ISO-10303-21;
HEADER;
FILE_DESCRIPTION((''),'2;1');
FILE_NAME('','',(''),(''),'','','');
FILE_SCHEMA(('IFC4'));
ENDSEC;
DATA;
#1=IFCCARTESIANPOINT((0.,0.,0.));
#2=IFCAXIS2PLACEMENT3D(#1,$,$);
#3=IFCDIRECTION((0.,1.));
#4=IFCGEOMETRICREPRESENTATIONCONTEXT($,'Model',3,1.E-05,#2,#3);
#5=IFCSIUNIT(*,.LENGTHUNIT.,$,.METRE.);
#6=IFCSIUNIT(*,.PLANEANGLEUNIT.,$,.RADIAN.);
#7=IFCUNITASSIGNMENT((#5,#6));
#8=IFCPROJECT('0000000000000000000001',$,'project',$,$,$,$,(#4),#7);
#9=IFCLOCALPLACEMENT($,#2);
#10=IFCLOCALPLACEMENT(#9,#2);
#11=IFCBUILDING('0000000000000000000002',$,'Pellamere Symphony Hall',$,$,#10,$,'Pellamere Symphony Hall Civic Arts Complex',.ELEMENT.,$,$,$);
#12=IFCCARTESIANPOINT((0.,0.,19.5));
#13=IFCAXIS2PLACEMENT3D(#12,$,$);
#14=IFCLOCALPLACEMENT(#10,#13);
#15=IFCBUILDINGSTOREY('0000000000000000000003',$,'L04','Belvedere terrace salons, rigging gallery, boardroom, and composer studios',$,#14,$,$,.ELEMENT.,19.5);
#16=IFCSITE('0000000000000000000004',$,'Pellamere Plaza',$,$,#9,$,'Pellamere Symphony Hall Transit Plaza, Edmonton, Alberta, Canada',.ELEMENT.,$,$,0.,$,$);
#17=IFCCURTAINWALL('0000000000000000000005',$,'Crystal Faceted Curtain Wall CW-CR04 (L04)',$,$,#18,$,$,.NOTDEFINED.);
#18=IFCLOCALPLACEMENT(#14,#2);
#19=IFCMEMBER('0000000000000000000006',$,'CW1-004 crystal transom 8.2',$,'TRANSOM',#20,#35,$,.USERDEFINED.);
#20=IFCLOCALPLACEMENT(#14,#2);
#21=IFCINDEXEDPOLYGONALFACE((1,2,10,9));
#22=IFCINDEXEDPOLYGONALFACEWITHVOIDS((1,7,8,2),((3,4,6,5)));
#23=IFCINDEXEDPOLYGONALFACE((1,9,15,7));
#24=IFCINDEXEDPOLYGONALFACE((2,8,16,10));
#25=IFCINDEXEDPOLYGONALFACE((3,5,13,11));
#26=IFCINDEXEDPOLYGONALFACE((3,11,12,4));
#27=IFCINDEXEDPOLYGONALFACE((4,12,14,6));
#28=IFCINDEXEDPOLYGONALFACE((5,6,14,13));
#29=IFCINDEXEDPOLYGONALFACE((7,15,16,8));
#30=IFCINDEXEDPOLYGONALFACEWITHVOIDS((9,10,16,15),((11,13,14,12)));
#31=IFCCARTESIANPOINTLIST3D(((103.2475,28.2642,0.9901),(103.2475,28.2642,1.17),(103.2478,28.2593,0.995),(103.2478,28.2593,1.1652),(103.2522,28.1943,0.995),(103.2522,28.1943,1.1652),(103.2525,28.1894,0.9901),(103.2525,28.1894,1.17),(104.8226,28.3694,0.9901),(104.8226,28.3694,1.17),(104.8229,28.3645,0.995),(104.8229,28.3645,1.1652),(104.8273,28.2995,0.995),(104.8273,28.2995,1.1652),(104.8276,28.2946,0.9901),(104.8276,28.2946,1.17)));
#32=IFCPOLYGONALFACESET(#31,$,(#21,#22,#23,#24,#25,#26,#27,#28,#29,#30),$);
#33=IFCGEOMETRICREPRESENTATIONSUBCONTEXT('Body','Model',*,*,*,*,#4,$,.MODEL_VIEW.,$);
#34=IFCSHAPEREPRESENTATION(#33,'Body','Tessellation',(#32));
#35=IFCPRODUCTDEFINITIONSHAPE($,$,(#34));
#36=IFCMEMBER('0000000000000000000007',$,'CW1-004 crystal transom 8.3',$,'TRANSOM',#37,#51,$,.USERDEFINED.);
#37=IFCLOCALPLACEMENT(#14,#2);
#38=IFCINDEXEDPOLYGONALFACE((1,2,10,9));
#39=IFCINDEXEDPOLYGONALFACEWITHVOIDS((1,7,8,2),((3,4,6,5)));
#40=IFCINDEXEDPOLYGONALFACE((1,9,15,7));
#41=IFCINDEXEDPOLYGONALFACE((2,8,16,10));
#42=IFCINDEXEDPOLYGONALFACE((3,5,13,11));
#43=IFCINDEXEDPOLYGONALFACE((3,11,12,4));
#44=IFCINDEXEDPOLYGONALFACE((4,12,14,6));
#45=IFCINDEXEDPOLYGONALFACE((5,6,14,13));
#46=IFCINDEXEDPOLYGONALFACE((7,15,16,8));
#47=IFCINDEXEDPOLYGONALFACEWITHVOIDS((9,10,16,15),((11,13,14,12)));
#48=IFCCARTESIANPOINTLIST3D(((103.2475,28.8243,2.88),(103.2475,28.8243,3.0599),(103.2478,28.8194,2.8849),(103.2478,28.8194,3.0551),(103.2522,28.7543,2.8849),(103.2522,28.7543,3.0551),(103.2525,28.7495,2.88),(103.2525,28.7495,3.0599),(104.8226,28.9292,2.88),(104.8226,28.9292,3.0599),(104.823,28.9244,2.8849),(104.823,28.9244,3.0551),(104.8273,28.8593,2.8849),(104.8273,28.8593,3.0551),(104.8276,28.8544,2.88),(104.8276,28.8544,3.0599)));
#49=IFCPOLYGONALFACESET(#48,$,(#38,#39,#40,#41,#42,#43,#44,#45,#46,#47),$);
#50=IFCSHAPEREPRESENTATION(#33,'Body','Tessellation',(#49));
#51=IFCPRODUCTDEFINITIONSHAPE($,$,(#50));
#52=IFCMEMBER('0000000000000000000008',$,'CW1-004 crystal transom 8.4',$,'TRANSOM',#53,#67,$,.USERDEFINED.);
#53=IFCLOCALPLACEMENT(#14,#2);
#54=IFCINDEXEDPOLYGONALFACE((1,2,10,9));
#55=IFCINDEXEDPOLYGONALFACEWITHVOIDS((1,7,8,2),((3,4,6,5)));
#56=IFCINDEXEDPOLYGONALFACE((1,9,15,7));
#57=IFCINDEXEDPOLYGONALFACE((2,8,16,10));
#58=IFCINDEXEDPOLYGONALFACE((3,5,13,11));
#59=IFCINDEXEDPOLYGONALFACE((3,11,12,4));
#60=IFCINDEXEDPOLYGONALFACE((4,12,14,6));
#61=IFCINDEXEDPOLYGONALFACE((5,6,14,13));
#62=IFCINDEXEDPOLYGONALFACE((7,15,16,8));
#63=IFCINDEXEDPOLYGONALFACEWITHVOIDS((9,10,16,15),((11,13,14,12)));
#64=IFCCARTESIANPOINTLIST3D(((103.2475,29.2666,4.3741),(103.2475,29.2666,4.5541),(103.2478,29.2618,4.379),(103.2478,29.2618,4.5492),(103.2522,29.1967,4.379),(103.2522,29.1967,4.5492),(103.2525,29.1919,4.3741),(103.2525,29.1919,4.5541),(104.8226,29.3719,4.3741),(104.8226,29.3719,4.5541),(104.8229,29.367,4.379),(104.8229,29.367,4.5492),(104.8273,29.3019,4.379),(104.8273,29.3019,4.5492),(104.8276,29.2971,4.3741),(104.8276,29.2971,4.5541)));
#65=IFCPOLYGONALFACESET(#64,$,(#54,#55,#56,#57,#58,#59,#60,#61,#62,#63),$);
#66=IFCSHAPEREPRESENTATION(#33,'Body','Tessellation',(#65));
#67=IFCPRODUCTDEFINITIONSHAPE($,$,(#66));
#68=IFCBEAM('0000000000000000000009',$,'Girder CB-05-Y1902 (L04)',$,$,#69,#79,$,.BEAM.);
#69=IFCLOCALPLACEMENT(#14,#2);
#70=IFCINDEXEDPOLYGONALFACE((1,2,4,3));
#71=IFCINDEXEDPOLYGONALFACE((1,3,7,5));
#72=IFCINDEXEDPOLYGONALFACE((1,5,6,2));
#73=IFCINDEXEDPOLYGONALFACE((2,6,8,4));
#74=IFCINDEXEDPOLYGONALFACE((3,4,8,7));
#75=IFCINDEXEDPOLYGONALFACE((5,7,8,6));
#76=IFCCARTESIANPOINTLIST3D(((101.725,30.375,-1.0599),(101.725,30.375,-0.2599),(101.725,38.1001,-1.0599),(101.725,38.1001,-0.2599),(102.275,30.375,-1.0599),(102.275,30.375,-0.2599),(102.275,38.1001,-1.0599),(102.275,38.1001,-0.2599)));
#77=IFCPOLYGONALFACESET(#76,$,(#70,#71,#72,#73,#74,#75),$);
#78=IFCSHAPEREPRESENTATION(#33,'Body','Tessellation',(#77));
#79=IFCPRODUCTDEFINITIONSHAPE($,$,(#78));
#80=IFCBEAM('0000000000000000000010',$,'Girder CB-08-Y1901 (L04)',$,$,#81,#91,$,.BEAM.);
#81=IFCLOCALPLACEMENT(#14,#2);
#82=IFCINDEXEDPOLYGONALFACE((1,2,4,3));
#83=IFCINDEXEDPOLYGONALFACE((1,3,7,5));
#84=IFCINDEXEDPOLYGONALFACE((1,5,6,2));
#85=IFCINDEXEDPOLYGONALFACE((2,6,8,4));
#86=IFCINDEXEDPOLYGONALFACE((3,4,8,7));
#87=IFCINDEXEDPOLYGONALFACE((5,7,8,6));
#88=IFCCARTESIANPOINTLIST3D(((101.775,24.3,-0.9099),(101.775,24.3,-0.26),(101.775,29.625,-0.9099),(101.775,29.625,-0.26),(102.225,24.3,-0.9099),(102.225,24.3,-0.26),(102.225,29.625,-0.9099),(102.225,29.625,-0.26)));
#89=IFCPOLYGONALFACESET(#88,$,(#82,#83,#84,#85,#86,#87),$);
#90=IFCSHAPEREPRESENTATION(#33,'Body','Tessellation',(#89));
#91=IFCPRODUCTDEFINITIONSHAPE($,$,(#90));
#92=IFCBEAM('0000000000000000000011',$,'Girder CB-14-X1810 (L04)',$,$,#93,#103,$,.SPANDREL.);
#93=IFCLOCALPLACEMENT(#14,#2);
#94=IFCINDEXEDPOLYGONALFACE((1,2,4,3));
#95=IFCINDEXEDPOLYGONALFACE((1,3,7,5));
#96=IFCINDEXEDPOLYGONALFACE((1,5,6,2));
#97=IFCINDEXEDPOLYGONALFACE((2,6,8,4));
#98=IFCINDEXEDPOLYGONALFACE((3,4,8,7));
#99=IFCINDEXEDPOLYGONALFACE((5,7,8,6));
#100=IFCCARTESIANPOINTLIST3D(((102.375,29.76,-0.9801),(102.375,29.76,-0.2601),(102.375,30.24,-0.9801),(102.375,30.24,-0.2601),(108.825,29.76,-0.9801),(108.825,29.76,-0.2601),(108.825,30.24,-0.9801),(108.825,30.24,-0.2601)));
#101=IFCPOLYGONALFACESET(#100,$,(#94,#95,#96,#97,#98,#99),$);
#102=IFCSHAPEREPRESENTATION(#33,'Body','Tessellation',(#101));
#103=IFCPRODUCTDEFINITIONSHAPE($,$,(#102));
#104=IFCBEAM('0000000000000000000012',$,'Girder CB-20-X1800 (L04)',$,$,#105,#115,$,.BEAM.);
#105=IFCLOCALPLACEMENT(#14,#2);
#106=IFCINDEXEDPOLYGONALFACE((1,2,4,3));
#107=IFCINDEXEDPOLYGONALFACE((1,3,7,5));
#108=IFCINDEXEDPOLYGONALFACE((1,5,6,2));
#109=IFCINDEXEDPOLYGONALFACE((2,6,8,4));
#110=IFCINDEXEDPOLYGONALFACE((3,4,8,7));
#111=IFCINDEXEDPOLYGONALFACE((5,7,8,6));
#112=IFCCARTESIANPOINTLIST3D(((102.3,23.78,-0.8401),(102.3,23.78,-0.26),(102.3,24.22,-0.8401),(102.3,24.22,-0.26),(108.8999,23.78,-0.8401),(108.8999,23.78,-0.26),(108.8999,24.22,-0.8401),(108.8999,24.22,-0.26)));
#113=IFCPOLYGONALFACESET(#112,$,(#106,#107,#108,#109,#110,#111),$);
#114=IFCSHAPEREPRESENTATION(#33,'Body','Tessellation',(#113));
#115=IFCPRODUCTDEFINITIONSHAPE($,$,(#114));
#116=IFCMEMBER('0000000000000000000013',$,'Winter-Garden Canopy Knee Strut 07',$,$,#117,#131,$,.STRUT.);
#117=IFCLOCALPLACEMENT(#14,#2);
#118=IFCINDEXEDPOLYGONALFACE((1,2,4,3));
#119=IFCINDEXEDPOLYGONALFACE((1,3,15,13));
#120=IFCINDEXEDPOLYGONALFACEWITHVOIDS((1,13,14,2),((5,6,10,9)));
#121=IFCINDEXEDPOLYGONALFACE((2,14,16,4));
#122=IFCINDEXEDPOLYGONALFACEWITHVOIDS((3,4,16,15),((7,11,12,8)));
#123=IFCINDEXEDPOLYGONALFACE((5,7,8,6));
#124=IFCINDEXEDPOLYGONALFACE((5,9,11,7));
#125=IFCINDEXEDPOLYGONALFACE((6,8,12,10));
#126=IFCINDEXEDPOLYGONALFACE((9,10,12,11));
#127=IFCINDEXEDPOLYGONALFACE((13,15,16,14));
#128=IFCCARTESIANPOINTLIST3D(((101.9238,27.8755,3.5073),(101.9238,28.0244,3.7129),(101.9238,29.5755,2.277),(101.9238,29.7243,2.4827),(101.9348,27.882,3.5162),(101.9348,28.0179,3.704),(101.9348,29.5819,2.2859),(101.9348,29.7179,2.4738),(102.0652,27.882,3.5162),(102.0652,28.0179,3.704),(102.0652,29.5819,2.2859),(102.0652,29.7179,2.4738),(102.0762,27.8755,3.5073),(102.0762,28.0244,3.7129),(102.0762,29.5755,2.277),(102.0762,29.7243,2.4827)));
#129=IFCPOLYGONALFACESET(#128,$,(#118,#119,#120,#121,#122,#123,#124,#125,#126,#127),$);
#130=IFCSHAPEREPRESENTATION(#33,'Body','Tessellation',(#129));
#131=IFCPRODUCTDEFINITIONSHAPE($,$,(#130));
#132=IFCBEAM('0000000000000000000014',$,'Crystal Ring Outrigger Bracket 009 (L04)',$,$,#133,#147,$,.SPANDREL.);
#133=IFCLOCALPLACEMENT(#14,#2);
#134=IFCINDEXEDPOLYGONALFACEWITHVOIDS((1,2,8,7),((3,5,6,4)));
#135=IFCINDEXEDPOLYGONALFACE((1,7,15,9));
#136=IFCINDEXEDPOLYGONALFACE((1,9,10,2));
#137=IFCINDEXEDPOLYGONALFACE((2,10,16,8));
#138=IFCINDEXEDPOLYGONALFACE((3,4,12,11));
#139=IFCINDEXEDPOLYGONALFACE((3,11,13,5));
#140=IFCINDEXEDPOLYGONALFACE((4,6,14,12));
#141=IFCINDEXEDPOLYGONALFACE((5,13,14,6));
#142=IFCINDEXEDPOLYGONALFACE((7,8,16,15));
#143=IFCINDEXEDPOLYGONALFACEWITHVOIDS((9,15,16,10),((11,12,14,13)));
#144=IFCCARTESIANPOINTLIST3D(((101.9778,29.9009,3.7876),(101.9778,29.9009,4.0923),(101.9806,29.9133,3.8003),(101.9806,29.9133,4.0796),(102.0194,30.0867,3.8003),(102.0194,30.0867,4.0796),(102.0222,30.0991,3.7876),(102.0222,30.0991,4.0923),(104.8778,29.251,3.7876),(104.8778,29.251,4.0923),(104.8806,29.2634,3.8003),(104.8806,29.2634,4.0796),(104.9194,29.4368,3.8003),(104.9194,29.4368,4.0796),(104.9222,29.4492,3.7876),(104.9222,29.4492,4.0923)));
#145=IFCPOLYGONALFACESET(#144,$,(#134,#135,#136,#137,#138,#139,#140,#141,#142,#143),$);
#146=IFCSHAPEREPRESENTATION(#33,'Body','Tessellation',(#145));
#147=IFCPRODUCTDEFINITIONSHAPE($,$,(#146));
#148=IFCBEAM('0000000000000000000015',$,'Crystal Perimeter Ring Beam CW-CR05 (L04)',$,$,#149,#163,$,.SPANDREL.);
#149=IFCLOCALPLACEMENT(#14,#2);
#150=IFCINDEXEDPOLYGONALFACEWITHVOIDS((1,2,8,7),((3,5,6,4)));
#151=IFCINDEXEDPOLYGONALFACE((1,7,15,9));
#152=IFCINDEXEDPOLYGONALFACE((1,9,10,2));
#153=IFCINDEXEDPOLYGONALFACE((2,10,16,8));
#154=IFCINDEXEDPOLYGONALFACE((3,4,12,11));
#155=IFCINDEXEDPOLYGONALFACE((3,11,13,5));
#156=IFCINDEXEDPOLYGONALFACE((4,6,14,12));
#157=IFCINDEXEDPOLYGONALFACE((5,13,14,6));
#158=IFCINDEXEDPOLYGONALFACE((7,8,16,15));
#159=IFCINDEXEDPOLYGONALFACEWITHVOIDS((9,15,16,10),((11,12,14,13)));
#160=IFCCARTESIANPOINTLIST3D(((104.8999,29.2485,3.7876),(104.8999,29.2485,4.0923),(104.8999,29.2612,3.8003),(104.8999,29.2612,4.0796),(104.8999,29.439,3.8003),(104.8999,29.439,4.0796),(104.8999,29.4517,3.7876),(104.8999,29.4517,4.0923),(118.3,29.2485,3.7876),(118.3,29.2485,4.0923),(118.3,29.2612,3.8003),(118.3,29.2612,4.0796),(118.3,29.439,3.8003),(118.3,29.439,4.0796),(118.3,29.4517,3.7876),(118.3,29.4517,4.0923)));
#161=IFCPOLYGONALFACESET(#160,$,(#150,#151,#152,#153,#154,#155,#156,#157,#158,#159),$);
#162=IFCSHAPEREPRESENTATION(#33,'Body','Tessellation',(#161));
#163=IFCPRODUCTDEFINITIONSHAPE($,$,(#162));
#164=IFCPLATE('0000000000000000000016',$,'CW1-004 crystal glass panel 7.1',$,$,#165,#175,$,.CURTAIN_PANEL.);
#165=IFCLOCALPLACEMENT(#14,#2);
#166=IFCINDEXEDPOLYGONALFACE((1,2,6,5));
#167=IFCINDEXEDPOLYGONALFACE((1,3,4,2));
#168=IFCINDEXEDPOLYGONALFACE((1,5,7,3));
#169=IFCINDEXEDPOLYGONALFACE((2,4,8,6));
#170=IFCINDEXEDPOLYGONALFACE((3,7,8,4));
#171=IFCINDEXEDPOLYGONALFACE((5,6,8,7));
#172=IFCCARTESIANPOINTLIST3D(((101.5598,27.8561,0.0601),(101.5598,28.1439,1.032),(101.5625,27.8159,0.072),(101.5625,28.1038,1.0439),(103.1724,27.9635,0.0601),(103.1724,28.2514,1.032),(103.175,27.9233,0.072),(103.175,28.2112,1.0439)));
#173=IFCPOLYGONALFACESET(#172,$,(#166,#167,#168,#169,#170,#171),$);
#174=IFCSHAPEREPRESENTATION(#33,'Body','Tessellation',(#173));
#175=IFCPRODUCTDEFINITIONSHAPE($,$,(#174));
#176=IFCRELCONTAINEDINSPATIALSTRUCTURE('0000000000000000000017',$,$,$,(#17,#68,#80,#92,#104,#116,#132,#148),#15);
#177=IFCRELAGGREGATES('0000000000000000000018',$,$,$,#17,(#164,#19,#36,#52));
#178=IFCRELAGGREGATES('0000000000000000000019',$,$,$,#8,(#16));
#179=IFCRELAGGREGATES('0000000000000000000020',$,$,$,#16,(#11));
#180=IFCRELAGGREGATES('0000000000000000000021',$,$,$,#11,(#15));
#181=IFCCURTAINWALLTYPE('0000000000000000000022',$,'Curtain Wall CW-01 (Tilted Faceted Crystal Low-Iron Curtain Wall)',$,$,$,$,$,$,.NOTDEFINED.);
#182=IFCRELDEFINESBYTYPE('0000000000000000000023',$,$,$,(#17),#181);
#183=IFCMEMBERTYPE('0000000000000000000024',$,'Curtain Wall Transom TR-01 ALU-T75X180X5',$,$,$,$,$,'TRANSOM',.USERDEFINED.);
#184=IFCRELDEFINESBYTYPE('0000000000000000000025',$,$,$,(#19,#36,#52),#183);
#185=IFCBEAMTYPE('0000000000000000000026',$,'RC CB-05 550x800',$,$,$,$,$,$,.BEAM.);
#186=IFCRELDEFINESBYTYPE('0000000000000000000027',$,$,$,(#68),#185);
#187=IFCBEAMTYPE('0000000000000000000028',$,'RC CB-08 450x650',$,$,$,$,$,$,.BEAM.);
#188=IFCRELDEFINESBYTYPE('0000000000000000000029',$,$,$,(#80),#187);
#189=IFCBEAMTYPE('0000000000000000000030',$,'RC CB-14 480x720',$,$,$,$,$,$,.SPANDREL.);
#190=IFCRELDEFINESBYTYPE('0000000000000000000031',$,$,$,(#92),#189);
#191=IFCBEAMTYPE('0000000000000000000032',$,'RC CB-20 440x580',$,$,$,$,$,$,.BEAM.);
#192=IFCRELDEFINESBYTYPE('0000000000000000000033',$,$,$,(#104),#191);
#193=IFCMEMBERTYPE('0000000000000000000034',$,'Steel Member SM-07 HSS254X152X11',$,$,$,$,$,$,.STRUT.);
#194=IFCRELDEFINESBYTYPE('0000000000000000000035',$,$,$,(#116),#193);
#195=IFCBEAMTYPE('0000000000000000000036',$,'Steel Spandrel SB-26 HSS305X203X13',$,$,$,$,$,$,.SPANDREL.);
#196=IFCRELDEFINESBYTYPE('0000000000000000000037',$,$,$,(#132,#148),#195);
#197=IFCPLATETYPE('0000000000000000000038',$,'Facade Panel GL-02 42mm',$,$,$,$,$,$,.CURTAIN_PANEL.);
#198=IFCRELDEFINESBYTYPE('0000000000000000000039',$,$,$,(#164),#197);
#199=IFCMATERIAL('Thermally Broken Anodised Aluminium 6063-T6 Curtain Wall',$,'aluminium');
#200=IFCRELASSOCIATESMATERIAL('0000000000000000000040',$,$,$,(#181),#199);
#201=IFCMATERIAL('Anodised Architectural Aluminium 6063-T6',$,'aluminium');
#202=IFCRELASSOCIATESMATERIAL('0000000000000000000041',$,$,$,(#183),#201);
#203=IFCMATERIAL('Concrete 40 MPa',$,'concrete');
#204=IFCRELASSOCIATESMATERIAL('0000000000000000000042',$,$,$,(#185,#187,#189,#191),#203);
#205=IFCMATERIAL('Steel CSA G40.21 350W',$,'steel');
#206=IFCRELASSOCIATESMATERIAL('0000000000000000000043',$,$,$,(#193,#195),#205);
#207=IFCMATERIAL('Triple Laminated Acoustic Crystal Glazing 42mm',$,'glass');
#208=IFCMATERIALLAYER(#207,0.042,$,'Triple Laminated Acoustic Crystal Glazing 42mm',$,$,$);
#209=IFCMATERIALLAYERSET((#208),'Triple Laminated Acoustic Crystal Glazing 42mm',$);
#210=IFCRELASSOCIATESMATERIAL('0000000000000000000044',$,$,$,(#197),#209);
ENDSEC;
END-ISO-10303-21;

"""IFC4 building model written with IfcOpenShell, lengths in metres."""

from ifc_helpers import new_model, si_unit, direction, frame, origin, origin_2d, place, context, subcontext, project, spatial, polyline, rectangle, hollow_rectangle, outline, extrude, material, layer, layer_set, material_profile, profile_set, type_object, element, aggregate, save


model = new_model("IFC4")

# Units and contexts
model_context = context("Model", 3, precision=1e-05, world=origin(), true_north=direction((0.0, 1.0)))
body_context = subcontext(model_context, "Body", "Model", "MODEL_VIEW")
ifc_project = project(units=[si_unit("LENGTHUNIT", "METRE"), si_unit("PLANEANGLEUNIT", "RADIAN")], contexts=[model_context])

# Site, building, storey
site_placement = place(None, origin())
site = spatial("IfcSite", under=ifc_project, at=site_placement, Name="Pellamere Plaza", LongName="Pellamere Symphony Hall Transit Plaza, Edmonton, Alberta, Canada", CompositionType="ELEMENT", RefElevation=0.0)
building_placement = place(site_placement, origin())
building = spatial("IfcBuilding", under=site, at=building_placement, Name="Pellamere Symphony Hall", LongName="Pellamere Symphony Hall Civic Arts Complex", CompositionType="ELEMENT")
storey_placement = place(building_placement, frame((0.0, 0.0, 19.5)))
storey = spatial("IfcBuildingStorey", under=building, at=storey_placement, Name="L04", Description="Belvedere terrace salons, rigging gallery, boardroom, and composer studios", CompositionType="ELEMENT", Elevation=19.5)

# Shared definitions
ifc_material_1 = material(Name="Concrete 40 MPa", Category="concrete")

# Curtain wall
ifc_material_2 = material(Name="Thermally Broken Anodised Aluminium 6063-T6 Curtain Wall", Category="aluminium")
curtain_wall_type_1 = type_object("IfcCurtainWallType", Name="Curtain Wall CW-01 (Tilted Faceted Crystal Low-Iron Curtain Wall)", PredefinedType="NOTDEFINED", material=ifc_material_2)
curtain_wall_1_placement = place(storey_placement, origin())
curtain_wall_1 = element("IfcCurtainWall", 1, at=curtain_wall_1_placement, inside=storey, type_object=curtain_wall_type_1, Name="Crystal Faceted Curtain Wall CW-CR04 (L04)", PredefinedType="NOTDEFINED")
ifc_material_3 = material(Name="Anodised Architectural Aluminium 6063-T6", Category="aluminium")

# Members
ifc_material_profile_1 = material_profile(ifc_material_3, hollow_rectangle(XDim=0.075, YDim=0.1799, WallThickness=0.0049, at=origin_2d()), Name="ALU-T75X180X5")
ifc_profile_set_1 = profile_set([ifc_material_profile_1], Name="Anodised Architectural Aluminium 6063-T6")
member_type_1 = type_object("IfcMemberType", Name="Curtain Wall Transom TR-01 ALU-T75X180X5", ElementType="TRANSOM", PredefinedType="USERDEFINED", material=ifc_profile_set_1)
member_1_placement = place(storey_placement, frame((103.25, 28.2268, 1.0801), z_axis=(0.997776, 0.066652, 0.0), x_axis=(-0.066652, 0.997776, 0.0)))
member_1 = element("IfcMember", 2, at=member_1_placement, type_object=member_type_1, Name="CW1-004 crystal transom 8.2", ObjectType="TRANSOM", PredefinedType="USERDEFINED", context=body_context, shape_type="SweptSolid", body=[
    extrude(hollow_rectangle(XDim=0.075, YDim=0.1799, WallThickness=0.0049, at=origin_2d()), origin(), (0.0, 0.0, 1.0), 1.5786),
])
member_2_placement = place(storey_placement, frame((103.25, 28.7869, 2.97), z_axis=(0.997787, 0.066498, 0.0), x_axis=(-0.066498, 0.997787, 0.0)))
member_2 = element("IfcMember", 3, at=member_2_placement, type_object=member_type_1, Name="CW1-004 crystal transom 8.3", ObjectType="TRANSOM", PredefinedType="USERDEFINED", context=body_context, shape_type="SweptSolid", body=[
    extrude(hollow_rectangle(XDim=0.075, YDim=0.1799, WallThickness=0.0049, at=origin_2d()), origin(), (0.0, 0.0, 1.0), 1.5786),
])
member_3_placement = place(storey_placement, frame((103.25, 29.2292, 4.4641), z_axis=(0.997776, 0.066652, 0.0), x_axis=(-0.066652, 0.997776, 0.0)))
member_3 = element("IfcMember", 4, at=member_3_placement, type_object=member_type_1, Name="CW1-004 crystal transom 8.4", ObjectType="TRANSOM", PredefinedType="USERDEFINED", context=body_context, shape_type="SweptSolid", body=[
    extrude(hollow_rectangle(XDim=0.075, YDim=0.1799, WallThickness=0.0049, at=origin_2d()), origin(), (0.0, 0.0, 1.0), 1.5786),
])

# Beams
ifc_material_profile_2 = material_profile(ifc_material_1, rectangle(XDim=0.55, YDim=0.8, at=origin_2d()), Name="RC 550x800")
ifc_profile_set_2 = profile_set([ifc_material_profile_2], Name="Concrete 40 MPa")
beam_type_1 = type_object("IfcBeamType", Name="RC CB-05 550x800", PredefinedType="BEAM", material=ifc_profile_set_2)
beam_1_placement = place(storey_placement, frame((102.0, 30.375, -0.6599), z_axis=(0.0, 1.0, 0.0), x_axis=(-1.0, 0.0, 0.0)))
element("IfcBeam", 5, at=beam_1_placement, inside=storey, type_object=beam_type_1, Name="Girder CB-05-Y1902 (L04)", PredefinedType="BEAM", context=body_context, shape_type="SweptSolid", body=[
    extrude(rectangle(XDim=0.55, YDim=0.8, at=origin_2d()), origin(), (0.0, 0.0, 1.0), 7.7251),
])
ifc_material_profile_3 = material_profile(ifc_material_1, rectangle(XDim=0.45, YDim=0.6499, at=origin_2d()), Name="RC 450x650")
ifc_profile_set_3 = profile_set([ifc_material_profile_3], Name="Concrete 40 MPa")
beam_type_2 = type_object("IfcBeamType", Name="RC CB-08 450x650", PredefinedType="BEAM", material=ifc_profile_set_3)
beam_2_placement = place(storey_placement, frame((102.0, 24.3, -0.585), z_axis=(0.0, 1.0, 0.0), x_axis=(-1.0, 0.0, 0.0)))
element("IfcBeam", 6, at=beam_2_placement, inside=storey, type_object=beam_type_2, Name="Girder CB-08-Y1901 (L04)", PredefinedType="BEAM", context=body_context, shape_type="SweptSolid", body=[
    extrude(rectangle(XDim=0.45, YDim=0.6499, at=origin_2d()), origin(), (0.0, 0.0, 1.0), 5.325),
])
ifc_material_profile_4 = material_profile(ifc_material_1, rectangle(XDim=0.48, YDim=0.72, at=origin_2d()), Name="RC 480x720")
ifc_profile_set_4 = profile_set([ifc_material_profile_4], Name="Concrete 40 MPa")
beam_type_3 = type_object("IfcBeamType", Name="RC CB-14 480x720", PredefinedType="SPANDREL", material=ifc_profile_set_4)
beam_3_placement = place(storey_placement, frame((102.375, 30.0, -0.6201), z_axis=(1.0, 0.0, 0.0), x_axis=(0.0, 1.0, 0.0)))
element("IfcBeam", 7, at=beam_3_placement, inside=storey, type_object=beam_type_3, Name="Girder CB-14-X1810 (L04)", PredefinedType="SPANDREL", context=body_context, shape_type="SweptSolid", body=[
    extrude(rectangle(XDim=0.48, YDim=0.72, at=origin_2d()), origin(), (0.0, 0.0, 1.0), 6.45),
])
ifc_material_profile_5 = material_profile(ifc_material_1, rectangle(XDim=0.4399, YDim=0.5801, at=origin_2d()), Name="RC 440x580")
ifc_profile_set_5 = profile_set([ifc_material_profile_5], Name="Concrete 40 MPa")
beam_type_4 = type_object("IfcBeamType", Name="RC CB-20 440x580", PredefinedType="BEAM", material=ifc_profile_set_5)
beam_4_placement = place(storey_placement, frame((102.3, 24.0, -0.55), z_axis=(1.0, 0.0, 0.0), x_axis=(0.0, 1.0, 0.0)))
element("IfcBeam", 8, at=beam_4_placement, inside=storey, type_object=beam_type_4, Name="Girder CB-20-X1800 (L04)", PredefinedType="BEAM", context=body_context, shape_type="SweptSolid", body=[
    extrude(rectangle(XDim=0.4399, YDim=0.5801, at=origin_2d()), origin(), (0.0, 0.0, 1.0), 6.5999),
])

# Member
ifc_material_4 = material(Name="Steel CSA G40.21 350W", Category="steel")
ifc_material_profile_6 = material_profile(ifc_material_4, hollow_rectangle(XDim=0.1523, YDim=0.2539, WallThickness=0.011, at=origin_2d()), Name="HSS254X152X11")
ifc_profile_set_6 = profile_set([ifc_material_profile_6], Name="Steel CSA G40.21 350W")
member_type_2 = type_object("IfcMemberType", Name="Steel Member SM-07 HSS254X152X11", PredefinedType="STRUT", material=ifc_profile_set_6)
member_4_placement = place(storey_placement, frame((102.0, 29.6499, 2.3799), z_axis=(0.0, -0.810117, 0.586268), x_axis=(1.0, 0.0, 0.0)))
element("IfcMember", 9, at=member_4_placement, inside=storey, type_object=member_type_2, Name="Winter-Garden Canopy Knee Strut 07", PredefinedType="STRUT", context=body_context, shape_type="SweptSolid", body=[
    extrude(hollow_rectangle(XDim=0.1523, YDim=0.2539, WallThickness=0.011, at=origin_2d()), origin(), (0.0, 0.0, 1.0), 2.0984),
])

# Beams
ifc_material_profile_7 = material_profile(ifc_material_4, hollow_rectangle(XDim=0.2031, YDim=0.3047, WallThickness=0.0127, at=origin_2d()), Name="HSS305X203X13")
ifc_profile_set_7 = profile_set([ifc_material_profile_7], Name="Steel CSA G40.21 350W")
beam_type_5 = type_object("IfcBeamType", Name="Steel Spandrel SB-26 HSS305X203X13", PredefinedType="SPANDREL", material=ifc_profile_set_7)
beam_5_placement = place(storey_placement, frame((102.0, 30.0, 3.9399), z_axis=(0.975795, -0.218687, 0.0), x_axis=(0.218687, 0.975795, 0.0)))
element("IfcBeam", 10, at=beam_5_placement, inside=storey, type_object=beam_type_5, Name="Crystal Ring Outrigger Bracket 009 (L04)", PredefinedType="SPANDREL", context=body_context, shape_type="SweptSolid", body=[
    extrude(hollow_rectangle(XDim=0.2031, YDim=0.3047, WallThickness=0.0127, at=origin_2d()), origin(), (0.0, 0.0, 1.0), 2.9719),
])
beam_6_placement = place(storey_placement, frame((104.8999, 29.3501, 3.9399), z_axis=(1.0, 0.0, 0.0), x_axis=(0.0, 1.0, 0.0)))
element("IfcBeam", 11, at=beam_6_placement, inside=storey, type_object=beam_type_5, Name="Crystal Perimeter Ring Beam CW-CR05 (L04)", PredefinedType="SPANDREL", context=body_context, shape_type="SweptSolid", body=[
    extrude(hollow_rectangle(XDim=0.2031, YDim=0.3047, WallThickness=0.0127, at=origin_2d()), origin(), (0.0, 0.0, 1.0), 13.4001),
])

# Plate
ifc_material_5 = material(Name="Triple Laminated Acoustic Crystal Glazing 42mm", Category="glass")
ifc_layer_1 = layer(ifc_material_5, 0.042, Name="Triple Laminated Acoustic Crystal Glazing 42mm")
ifc_layer_set_1 = layer_set([ifc_layer_1], Name="Triple Laminated Acoustic Crystal Glazing 42mm")
plate_type_1 = type_object("IfcPlateType", Name="Facade Panel GL-02 42mm", PredefinedType="CURTAIN_PANEL", material=ifc_layer_set_1)
plate_1_placement = place(storey_placement, frame((101.5625, 27.8159, 0.072), z_axis=(0.063744, -0.956885, 0.283388), x_axis=(0.997788, 0.066469, 0.0)))
plate_1 = element("IfcPlate", 12, at=plate_1_placement, type_object=plate_type_1, Name="CW1-004 crystal glass panel 7.1", PredefinedType="CURTAIN_PANEL", context=body_context, shape_type="SweptSolid", body=[
    extrude(outline(polyline([(0.0, 0.0), (1.6161, 0.0), (1.6353, 1.0135), (0.0191, 1.0135), (0.0, 0.0)])), origin(), (0.0, 0.0, -1.0), 0.042),
])
aggregate(curtain_wall_1, [plate_1, member_1, member_2, member_3])

save(model, "model.ifc")
